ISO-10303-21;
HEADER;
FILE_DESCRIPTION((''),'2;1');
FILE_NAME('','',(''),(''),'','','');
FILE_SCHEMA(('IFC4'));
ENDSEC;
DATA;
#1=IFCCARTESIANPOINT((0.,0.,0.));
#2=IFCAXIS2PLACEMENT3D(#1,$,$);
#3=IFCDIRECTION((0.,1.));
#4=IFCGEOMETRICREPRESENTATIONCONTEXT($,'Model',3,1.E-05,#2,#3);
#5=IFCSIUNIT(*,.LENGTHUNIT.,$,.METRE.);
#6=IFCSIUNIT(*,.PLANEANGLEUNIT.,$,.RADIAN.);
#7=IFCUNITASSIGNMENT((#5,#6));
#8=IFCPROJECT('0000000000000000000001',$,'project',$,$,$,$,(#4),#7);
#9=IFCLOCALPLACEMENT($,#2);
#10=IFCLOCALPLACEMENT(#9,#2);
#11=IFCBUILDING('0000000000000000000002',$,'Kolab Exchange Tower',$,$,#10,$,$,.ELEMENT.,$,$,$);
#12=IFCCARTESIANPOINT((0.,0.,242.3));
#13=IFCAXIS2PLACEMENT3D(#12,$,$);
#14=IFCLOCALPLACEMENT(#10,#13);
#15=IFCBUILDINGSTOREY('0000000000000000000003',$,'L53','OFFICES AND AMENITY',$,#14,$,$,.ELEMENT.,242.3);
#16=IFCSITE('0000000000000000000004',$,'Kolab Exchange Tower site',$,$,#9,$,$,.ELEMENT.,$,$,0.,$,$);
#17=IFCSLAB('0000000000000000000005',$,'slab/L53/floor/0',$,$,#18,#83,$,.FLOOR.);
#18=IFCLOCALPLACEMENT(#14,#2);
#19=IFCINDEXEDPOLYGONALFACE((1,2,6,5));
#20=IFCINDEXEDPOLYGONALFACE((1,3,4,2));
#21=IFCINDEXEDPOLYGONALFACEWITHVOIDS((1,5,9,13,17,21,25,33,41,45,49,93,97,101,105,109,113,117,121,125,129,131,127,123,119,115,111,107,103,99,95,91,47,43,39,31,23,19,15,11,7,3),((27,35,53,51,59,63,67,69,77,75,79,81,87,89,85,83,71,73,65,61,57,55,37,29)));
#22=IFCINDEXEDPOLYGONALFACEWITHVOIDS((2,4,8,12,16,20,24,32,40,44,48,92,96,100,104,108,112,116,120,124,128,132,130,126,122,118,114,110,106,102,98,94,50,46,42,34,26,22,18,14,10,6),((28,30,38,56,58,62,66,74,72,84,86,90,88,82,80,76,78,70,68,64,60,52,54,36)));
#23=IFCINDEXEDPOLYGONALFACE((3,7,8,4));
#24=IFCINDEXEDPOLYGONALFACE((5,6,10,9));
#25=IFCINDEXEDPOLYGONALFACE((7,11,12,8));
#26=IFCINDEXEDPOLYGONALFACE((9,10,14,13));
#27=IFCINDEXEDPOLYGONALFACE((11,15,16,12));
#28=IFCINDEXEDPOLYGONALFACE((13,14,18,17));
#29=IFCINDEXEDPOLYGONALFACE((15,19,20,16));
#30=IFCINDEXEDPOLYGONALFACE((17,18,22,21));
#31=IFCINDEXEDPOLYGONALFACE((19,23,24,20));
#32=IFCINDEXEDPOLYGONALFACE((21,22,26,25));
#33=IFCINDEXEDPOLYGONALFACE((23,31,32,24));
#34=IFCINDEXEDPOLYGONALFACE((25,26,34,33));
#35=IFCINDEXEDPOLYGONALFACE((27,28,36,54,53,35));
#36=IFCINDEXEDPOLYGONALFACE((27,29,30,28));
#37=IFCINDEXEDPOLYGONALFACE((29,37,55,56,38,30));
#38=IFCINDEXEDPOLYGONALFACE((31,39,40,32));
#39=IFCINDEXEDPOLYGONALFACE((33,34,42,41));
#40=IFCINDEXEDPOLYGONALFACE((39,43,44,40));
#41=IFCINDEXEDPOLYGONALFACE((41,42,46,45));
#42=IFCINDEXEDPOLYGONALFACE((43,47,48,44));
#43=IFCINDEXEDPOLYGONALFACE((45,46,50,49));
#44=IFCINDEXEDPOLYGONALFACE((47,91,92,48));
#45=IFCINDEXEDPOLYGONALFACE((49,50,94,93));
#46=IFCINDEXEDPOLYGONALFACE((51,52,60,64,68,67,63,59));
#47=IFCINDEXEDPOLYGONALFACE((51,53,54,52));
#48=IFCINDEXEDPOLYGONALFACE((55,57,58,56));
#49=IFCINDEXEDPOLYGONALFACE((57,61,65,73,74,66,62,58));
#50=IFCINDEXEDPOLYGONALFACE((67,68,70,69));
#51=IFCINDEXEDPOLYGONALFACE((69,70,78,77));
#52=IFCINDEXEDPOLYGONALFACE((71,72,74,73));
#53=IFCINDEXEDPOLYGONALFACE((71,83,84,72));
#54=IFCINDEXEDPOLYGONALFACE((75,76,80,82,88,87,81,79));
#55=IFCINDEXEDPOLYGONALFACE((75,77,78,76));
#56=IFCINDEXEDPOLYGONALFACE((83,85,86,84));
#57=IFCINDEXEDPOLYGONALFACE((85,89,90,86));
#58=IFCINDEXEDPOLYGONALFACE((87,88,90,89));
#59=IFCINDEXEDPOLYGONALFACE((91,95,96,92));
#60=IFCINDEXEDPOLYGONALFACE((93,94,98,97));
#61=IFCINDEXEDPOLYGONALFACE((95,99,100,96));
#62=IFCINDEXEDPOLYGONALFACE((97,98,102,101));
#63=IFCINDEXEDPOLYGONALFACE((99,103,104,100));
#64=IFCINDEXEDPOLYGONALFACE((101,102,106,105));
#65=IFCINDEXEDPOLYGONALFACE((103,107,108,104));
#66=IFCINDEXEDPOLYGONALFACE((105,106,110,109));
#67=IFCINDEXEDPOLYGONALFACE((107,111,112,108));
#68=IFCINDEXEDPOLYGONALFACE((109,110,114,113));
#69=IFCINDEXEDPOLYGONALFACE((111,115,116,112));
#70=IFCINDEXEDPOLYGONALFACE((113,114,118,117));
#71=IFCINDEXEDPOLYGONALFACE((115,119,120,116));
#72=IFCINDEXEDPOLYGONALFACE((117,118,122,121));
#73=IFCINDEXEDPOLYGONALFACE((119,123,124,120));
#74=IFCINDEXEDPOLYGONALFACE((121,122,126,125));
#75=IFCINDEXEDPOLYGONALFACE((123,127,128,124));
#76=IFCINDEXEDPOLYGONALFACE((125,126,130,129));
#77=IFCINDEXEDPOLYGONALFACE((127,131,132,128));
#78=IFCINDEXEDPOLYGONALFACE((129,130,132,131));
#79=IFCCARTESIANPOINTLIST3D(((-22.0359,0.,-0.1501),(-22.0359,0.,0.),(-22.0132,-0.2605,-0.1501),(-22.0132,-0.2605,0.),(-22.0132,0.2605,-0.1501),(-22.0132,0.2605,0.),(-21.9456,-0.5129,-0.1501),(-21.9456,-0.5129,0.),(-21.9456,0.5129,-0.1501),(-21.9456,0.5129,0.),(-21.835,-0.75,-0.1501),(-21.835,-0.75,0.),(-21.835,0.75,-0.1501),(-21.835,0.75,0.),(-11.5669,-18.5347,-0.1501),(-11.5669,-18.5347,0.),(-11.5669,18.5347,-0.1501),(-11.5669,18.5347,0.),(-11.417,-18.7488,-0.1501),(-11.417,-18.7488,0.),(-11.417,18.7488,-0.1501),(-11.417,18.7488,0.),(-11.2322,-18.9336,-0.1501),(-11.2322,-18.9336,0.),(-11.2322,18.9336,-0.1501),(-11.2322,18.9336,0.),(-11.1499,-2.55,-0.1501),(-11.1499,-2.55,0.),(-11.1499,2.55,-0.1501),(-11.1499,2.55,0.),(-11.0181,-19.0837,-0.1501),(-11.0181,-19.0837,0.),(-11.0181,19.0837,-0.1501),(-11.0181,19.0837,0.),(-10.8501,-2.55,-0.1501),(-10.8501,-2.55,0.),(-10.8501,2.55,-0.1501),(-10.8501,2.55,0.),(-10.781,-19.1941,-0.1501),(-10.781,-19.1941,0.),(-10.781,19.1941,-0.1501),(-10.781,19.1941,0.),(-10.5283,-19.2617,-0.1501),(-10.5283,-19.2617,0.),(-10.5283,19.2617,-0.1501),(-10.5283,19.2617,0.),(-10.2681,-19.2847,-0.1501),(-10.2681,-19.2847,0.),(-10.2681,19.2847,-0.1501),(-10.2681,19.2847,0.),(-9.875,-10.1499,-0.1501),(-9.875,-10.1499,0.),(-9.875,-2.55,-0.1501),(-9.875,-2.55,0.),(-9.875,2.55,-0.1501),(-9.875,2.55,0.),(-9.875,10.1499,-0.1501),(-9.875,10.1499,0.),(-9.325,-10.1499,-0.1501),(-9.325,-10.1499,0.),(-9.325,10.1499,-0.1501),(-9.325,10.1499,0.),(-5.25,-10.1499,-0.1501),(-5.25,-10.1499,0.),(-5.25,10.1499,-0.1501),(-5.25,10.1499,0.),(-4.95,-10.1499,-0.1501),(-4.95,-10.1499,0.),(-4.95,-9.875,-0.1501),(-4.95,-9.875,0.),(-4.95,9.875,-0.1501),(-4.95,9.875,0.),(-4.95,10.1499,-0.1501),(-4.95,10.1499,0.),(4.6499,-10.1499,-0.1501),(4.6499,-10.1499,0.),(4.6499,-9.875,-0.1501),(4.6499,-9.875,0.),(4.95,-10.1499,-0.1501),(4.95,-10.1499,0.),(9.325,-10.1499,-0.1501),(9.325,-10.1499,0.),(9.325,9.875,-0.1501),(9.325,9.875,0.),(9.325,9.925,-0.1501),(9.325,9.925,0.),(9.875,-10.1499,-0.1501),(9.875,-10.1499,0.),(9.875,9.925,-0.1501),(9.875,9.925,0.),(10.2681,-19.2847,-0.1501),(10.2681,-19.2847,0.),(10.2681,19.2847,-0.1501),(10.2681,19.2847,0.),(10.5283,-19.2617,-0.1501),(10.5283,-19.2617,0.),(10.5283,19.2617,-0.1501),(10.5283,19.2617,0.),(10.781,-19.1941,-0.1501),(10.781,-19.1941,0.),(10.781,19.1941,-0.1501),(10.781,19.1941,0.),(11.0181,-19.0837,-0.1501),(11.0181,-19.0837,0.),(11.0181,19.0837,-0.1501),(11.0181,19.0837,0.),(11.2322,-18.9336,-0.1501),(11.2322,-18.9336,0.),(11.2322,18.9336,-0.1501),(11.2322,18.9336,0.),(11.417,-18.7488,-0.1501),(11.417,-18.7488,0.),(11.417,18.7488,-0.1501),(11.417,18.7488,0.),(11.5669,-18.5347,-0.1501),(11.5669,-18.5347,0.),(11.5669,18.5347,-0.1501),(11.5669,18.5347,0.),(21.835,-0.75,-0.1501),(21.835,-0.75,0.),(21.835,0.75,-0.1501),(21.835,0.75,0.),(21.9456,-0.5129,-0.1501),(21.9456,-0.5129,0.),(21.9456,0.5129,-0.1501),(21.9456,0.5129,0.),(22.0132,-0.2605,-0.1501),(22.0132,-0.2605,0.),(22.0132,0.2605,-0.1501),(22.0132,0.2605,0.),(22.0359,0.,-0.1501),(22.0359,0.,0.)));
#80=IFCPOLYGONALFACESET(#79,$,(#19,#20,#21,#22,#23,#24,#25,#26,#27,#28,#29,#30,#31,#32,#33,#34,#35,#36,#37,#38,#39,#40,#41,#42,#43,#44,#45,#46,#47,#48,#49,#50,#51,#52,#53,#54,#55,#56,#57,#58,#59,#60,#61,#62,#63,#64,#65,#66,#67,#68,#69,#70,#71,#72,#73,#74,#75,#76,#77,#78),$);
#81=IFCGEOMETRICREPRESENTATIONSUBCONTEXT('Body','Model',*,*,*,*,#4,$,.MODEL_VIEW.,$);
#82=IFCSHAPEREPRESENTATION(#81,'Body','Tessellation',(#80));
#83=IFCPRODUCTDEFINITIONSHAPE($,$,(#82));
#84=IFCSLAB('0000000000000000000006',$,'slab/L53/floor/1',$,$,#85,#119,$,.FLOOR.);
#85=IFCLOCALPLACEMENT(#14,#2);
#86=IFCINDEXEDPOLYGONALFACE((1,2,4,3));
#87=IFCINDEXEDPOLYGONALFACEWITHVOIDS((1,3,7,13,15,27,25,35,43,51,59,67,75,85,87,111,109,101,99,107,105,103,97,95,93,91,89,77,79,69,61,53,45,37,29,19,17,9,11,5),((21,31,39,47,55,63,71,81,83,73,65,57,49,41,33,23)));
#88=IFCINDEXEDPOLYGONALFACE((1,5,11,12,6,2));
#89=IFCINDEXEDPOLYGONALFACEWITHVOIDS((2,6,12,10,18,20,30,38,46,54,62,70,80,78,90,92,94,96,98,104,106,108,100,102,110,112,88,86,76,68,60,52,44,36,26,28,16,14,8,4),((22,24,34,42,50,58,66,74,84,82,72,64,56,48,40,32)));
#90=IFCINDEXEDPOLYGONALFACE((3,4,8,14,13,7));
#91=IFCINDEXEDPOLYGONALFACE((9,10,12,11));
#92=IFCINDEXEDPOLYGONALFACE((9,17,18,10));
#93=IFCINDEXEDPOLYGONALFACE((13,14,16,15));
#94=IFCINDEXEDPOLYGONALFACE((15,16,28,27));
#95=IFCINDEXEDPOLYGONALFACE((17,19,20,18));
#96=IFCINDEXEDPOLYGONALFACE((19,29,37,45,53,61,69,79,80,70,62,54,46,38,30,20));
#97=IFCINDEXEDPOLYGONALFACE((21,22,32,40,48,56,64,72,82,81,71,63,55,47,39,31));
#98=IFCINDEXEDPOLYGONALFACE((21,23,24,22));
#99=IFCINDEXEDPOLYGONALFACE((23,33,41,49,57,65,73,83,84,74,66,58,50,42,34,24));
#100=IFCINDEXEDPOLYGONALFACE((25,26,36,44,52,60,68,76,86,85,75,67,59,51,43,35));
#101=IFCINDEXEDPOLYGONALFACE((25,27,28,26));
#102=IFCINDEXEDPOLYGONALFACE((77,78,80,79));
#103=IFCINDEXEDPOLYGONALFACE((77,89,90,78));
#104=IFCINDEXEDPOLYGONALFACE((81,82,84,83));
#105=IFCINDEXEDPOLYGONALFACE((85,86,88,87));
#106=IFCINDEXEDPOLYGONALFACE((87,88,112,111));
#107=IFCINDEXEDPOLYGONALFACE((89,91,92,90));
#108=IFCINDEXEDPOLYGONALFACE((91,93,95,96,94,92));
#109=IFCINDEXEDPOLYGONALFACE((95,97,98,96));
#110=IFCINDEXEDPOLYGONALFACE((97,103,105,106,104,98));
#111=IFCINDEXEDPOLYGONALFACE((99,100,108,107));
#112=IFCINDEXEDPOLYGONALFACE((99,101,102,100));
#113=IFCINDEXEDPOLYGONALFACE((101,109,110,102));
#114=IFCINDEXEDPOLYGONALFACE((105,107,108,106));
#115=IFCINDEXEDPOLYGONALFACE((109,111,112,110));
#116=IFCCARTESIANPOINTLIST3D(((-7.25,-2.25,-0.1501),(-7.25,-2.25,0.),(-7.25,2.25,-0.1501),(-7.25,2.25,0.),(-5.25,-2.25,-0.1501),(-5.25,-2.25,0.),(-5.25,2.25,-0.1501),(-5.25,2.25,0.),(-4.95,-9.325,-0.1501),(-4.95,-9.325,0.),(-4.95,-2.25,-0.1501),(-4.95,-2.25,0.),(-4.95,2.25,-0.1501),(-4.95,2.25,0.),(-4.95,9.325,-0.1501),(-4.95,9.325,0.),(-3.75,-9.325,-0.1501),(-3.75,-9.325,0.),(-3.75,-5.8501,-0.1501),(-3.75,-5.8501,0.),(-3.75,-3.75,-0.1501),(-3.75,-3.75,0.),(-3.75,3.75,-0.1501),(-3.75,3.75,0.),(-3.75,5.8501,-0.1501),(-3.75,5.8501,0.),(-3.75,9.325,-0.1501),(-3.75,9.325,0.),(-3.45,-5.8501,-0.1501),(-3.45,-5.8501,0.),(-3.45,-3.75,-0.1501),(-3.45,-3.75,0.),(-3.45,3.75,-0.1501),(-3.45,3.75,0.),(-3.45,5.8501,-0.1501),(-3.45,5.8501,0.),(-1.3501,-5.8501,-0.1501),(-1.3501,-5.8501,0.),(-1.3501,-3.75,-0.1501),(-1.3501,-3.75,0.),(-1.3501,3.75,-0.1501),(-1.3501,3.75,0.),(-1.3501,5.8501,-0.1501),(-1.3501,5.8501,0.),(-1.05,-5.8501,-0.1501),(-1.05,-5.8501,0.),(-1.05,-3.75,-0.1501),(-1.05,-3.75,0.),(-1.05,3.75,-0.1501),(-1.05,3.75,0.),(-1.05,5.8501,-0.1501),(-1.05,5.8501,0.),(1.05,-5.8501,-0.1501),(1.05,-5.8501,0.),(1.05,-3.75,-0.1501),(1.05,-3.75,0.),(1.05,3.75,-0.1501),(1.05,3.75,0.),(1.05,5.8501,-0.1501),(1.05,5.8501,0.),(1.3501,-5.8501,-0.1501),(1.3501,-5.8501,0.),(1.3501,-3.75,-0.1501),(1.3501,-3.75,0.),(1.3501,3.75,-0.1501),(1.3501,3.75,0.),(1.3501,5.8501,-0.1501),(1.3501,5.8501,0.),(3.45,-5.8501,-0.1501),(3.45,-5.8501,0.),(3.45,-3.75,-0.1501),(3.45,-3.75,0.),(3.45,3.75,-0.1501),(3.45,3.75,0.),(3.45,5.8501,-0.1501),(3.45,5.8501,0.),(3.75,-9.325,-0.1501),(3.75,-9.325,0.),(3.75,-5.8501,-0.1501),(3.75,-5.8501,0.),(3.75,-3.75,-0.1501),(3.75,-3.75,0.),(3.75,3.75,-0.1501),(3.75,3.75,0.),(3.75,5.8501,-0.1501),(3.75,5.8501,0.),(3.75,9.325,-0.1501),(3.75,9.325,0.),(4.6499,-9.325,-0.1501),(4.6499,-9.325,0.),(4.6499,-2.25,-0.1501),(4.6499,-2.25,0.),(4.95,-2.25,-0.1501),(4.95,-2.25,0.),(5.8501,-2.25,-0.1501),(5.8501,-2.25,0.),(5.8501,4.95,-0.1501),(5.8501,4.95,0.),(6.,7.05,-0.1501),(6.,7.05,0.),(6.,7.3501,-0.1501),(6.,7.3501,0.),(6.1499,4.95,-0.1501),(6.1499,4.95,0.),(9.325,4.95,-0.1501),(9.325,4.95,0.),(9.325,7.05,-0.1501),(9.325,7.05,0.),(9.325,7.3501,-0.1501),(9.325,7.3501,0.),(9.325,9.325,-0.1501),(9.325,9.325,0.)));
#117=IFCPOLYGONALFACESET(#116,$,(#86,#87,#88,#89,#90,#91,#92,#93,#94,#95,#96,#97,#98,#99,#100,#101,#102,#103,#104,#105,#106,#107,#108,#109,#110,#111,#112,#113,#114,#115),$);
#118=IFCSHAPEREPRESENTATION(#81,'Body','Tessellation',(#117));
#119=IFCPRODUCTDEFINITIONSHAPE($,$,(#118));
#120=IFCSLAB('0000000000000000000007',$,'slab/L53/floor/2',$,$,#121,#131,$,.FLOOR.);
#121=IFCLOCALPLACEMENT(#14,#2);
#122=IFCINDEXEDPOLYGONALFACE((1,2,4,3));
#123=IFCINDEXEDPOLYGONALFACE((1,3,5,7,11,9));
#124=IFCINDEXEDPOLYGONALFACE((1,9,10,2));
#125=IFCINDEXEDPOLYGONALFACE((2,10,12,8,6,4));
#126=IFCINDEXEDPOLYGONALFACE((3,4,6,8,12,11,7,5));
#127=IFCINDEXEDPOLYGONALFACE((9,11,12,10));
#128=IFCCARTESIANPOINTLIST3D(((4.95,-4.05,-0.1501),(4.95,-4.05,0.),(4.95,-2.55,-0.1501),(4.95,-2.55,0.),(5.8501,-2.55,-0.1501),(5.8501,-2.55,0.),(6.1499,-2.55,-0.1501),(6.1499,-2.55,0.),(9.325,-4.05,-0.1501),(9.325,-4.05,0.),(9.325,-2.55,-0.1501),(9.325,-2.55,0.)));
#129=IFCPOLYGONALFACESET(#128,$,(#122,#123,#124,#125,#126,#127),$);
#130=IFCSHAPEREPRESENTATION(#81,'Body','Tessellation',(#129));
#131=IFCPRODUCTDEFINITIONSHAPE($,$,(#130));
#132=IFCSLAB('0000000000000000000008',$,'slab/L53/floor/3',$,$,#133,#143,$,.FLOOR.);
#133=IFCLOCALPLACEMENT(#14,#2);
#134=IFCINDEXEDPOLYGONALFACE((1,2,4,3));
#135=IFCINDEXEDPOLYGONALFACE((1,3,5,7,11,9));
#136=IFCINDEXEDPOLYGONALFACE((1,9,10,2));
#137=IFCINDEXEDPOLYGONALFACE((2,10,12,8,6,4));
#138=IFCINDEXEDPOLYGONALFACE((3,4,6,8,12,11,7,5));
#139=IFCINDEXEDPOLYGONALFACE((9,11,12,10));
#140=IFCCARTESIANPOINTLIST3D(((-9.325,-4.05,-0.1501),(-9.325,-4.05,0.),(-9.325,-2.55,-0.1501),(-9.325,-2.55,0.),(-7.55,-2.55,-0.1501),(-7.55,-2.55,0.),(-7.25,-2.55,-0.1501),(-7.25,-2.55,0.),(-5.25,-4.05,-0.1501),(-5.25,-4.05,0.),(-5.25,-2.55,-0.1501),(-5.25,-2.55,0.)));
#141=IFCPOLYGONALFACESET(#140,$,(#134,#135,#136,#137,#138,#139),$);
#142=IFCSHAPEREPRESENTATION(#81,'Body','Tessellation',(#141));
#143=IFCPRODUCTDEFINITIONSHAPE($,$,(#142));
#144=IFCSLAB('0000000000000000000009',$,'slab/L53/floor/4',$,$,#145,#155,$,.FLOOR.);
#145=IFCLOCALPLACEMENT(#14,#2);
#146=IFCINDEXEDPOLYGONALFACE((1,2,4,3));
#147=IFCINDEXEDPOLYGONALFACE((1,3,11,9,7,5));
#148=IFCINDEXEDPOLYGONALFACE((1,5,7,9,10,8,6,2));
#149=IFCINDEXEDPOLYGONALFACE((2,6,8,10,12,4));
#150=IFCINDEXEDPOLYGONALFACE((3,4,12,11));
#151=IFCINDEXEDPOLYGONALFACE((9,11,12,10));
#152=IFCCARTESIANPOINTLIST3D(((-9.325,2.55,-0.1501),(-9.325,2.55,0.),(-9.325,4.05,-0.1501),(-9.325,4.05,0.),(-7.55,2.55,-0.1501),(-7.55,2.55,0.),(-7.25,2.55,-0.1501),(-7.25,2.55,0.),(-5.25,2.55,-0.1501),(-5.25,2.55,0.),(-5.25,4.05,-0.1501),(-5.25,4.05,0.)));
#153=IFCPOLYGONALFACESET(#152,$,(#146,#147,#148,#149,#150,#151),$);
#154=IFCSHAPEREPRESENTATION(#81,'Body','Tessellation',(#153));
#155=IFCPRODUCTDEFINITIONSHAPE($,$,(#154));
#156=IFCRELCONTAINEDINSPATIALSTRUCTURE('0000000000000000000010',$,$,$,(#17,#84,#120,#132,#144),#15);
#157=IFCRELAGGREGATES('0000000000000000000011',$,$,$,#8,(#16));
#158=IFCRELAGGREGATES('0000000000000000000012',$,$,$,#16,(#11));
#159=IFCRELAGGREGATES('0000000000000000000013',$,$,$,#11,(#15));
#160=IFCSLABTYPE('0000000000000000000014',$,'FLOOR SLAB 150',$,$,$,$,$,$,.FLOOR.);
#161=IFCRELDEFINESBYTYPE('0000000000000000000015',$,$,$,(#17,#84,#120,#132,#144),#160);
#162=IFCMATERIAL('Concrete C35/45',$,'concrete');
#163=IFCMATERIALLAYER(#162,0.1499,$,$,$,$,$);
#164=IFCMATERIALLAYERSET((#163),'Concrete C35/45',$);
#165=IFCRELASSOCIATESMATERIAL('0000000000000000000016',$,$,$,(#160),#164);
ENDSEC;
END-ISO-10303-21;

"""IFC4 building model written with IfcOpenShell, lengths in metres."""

from ifc_helpers import new_model, si_unit, direction, frame, origin, place, context, subcontext, project, spatial, polyline, outline, extrude, material, layer, layer_set, type_object, element, save


model = new_model("IFC4")

# Units and contexts
model_context = context("Model", 3, precision=1e-05, world=origin(), true_north=direction((0.0, 1.0)))
body_context = subcontext(model_context, "Body", "Model", "MODEL_VIEW")
ifc_project = project(units=[si_unit("LENGTHUNIT", "METRE"), si_unit("PLANEANGLEUNIT", "RADIAN")], contexts=[model_context])

# Site, building, storey
site_placement = place(None, origin())
site = spatial("IfcSite", under=ifc_project, at=site_placement, Name="Kolab Exchange Tower site", CompositionType="ELEMENT", RefElevation=0.0)
building_placement = place(site_placement, origin())
building = spatial("IfcBuilding", under=site, at=building_placement, Name="Kolab Exchange Tower", CompositionType="ELEMENT")
storey_placement = place(building_placement, frame((0.0, 0.0, 242.3)))
storey = spatial("IfcBuildingStorey", under=building, at=storey_placement, Name="L53", Description="OFFICES AND AMENITY", CompositionType="ELEMENT", Elevation=242.3)

# Slabs
ifc_material_1 = material(Name="Concrete C35/45", Category="concrete")
ifc_layer_1 = layer(ifc_material_1, 0.1499)
ifc_layer_set_1 = layer_set([ifc_layer_1], Name="Concrete C35/45")
slab_type_1 = type_object("IfcSlabType", Name="FLOOR SLAB 150", PredefinedType="FLOOR", material=ifc_layer_set_1)
slab_1_placement = place(storey_placement, frame((0.0, 0.0, -0.1501)))
element("IfcSlab", 1, at=slab_1_placement, inside=storey, type_object=slab_type_1, Name="slab/L53/floor/0", PredefinedType="FLOOR", context=body_context, shape_type="SweptSolid", body=[
    extrude(outline(polyline([(11.5669, -18.5347), (21.835, -0.75), (21.9456, -0.5129), (22.0132, -0.2605), (22.0359, 0.0), (22.0132, 0.2605), (21.9456, 0.5129), (21.835, 0.75), (11.5669, 18.5347), (11.417, 18.7488), (11.2322, 18.9336), (11.0181, 19.0837), (10.781, 19.1941), (10.5283, 19.2617), (10.2681, 19.2847), (-10.2681, 19.2847), (-10.5283, 19.2617), (-10.781, 19.1941), (-11.0181, 19.0837), (-11.2322, 18.9336), (-11.417, 18.7488), (-11.5669, 18.5347), (-21.835, 0.75), (-21.9456, 0.5129), (-22.0132, 0.2605), (-22.0359, 0.0), (-22.0132, -0.2605), (-21.9456, -0.5129), (-21.835, -0.75), (-11.5669, -18.5347), (-11.417, -18.7488), (-11.2322, -18.9336), (-11.0181, -19.0837), (-10.781, -19.1941), (-10.5283, -19.2617), (-10.2681, -19.2847), (10.2681, -19.2847), (10.5283, -19.2617), (10.781, -19.1941), (11.0181, -19.0837), (11.2322, -18.9336), (11.417, -18.7488), (11.5669, -18.5347)]), holes=[polyline([(-9.325, -10.1499), (-9.875, -10.1499), (-9.875, -2.55), (-10.8501, -2.55), (-11.1499, -2.55), (-11.1499, 2.55), (-10.8501, 2.55), (-9.875, 2.55), (-9.875, 10.1499), (-9.325, 10.1499), (-5.25, 10.1499), (-4.95, 10.1499), (-4.95, 9.875), (9.325, 9.875), (9.325, 9.925), (9.875, 9.925), (9.875, -10.1499), (9.325, -10.1499), (4.95, -10.1499), (4.6499, -10.1499), (4.6499, -9.875), (-4.95, -9.875), (-4.95, -10.1499), (-5.25, -10.1499), (-9.325, -10.1499)])]), origin(), (0.0, 0.0, 1.0), 0.1501),
])
slab_2_placement = place(storey_placement, frame((0.0, 0.0, -0.1501)))
element("IfcSlab", 2, at=slab_2_placement, inside=storey, type_object=slab_type_1, Name="slab/L53/floor/1", PredefinedType="FLOOR", context=body_context, shape_type="SweptSolid", body=[
    extrude(outline(polyline([(-4.95, 9.325), (-4.95, 2.25), (-5.25, 2.25), (-7.25, 2.25), (-7.25, -2.25), (-5.25, -2.25), (-4.95, -2.25), (-4.95, -9.325), (-3.75, -9.325), (-3.75, -5.8501), (-3.45, -5.8501), (-1.3501, -5.8501), (-1.05, -5.8501), (1.05, -5.8501), (1.3501, -5.8501), (3.45, -5.8501), (3.75, -5.8501), (3.75, -9.325), (4.6499, -9.325), (4.6499, -2.25), (4.95, -2.25), (5.8501, -2.25), (5.8501, 4.95), (6.1499, 4.95), (9.325, 4.95), (9.325, 7.05), (6.0, 7.05), (6.0, 7.3501), (9.325, 7.3501), (9.325, 9.325), (3.75, 9.325), (3.75, 5.8501), (3.45, 5.8501), (1.3501, 5.8501), (1.05, 5.8501), (-1.05, 5.8501), (-1.3501, 5.8501), (-3.45, 5.8501), (-3.75, 5.8501), (-3.75, 9.325), (-4.95, 9.325)]), holes=[polyline([(-3.45, -3.75), (-3.75, -3.75), (-3.75, 3.75), (-3.45, 3.75), (-1.3501, 3.75), (-1.05, 3.75), (1.05, 3.75), (1.3501, 3.75), (3.45, 3.75), (3.75, 3.75), (3.75, -3.75), (3.45, -3.75), (1.3501, -3.75), (1.05, -3.75), (-1.05, -3.75), (-1.3501, -3.75), (-3.45, -3.75)])]), origin(), (0.0, 0.0, 1.0), 0.1501),
])
slab_3_placement = place(storey_placement, frame((0.0, 0.0, -0.1501)))
element("IfcSlab", 3, at=slab_3_placement, inside=storey, type_object=slab_type_1, Name="slab/L53/floor/2", PredefinedType="FLOOR", context=body_context, shape_type="SweptSolid", body=[
    extrude(outline(polyline([(4.95, -2.55), (4.95, -4.05), (9.325, -4.05), (9.325, -2.55), (6.1499, -2.55), (5.8501, -2.55), (4.95, -2.55)])), origin(), (0.0, 0.0, 1.0), 0.1501),
])
slab_4_placement = place(storey_placement, frame((0.0, 0.0, -0.1501)))
element("IfcSlab", 4, at=slab_4_placement, inside=storey, type_object=slab_type_1, Name="slab/L53/floor/3", PredefinedType="FLOOR", context=body_context, shape_type="SweptSolid", body=[
    extrude(outline(polyline([(-7.55, -2.55), (-9.325, -2.55), (-9.325, -4.05), (-5.25, -4.05), (-5.25, -2.55), (-7.25, -2.55), (-7.55, -2.55)])), origin(), (0.0, 0.0, 1.0), 0.1501),
])
slab_5_placement = place(storey_placement, frame((0.0, 0.0, -0.1501)))
element("IfcSlab", 5, at=slab_5_placement, inside=storey, type_object=slab_type_1, Name="slab/L53/floor/4", PredefinedType="FLOOR", context=body_context, shape_type="SweptSolid", body=[
    extrude(outline(polyline([(-9.325, 4.05), (-9.325, 2.55), (-7.55, 2.55), (-7.25, 2.55), (-5.25, 2.55), (-5.25, 4.05), (-9.325, 4.05)])), origin(), (0.0, 0.0, 1.0), 0.1501),
])

save(model, "model.ifc")
